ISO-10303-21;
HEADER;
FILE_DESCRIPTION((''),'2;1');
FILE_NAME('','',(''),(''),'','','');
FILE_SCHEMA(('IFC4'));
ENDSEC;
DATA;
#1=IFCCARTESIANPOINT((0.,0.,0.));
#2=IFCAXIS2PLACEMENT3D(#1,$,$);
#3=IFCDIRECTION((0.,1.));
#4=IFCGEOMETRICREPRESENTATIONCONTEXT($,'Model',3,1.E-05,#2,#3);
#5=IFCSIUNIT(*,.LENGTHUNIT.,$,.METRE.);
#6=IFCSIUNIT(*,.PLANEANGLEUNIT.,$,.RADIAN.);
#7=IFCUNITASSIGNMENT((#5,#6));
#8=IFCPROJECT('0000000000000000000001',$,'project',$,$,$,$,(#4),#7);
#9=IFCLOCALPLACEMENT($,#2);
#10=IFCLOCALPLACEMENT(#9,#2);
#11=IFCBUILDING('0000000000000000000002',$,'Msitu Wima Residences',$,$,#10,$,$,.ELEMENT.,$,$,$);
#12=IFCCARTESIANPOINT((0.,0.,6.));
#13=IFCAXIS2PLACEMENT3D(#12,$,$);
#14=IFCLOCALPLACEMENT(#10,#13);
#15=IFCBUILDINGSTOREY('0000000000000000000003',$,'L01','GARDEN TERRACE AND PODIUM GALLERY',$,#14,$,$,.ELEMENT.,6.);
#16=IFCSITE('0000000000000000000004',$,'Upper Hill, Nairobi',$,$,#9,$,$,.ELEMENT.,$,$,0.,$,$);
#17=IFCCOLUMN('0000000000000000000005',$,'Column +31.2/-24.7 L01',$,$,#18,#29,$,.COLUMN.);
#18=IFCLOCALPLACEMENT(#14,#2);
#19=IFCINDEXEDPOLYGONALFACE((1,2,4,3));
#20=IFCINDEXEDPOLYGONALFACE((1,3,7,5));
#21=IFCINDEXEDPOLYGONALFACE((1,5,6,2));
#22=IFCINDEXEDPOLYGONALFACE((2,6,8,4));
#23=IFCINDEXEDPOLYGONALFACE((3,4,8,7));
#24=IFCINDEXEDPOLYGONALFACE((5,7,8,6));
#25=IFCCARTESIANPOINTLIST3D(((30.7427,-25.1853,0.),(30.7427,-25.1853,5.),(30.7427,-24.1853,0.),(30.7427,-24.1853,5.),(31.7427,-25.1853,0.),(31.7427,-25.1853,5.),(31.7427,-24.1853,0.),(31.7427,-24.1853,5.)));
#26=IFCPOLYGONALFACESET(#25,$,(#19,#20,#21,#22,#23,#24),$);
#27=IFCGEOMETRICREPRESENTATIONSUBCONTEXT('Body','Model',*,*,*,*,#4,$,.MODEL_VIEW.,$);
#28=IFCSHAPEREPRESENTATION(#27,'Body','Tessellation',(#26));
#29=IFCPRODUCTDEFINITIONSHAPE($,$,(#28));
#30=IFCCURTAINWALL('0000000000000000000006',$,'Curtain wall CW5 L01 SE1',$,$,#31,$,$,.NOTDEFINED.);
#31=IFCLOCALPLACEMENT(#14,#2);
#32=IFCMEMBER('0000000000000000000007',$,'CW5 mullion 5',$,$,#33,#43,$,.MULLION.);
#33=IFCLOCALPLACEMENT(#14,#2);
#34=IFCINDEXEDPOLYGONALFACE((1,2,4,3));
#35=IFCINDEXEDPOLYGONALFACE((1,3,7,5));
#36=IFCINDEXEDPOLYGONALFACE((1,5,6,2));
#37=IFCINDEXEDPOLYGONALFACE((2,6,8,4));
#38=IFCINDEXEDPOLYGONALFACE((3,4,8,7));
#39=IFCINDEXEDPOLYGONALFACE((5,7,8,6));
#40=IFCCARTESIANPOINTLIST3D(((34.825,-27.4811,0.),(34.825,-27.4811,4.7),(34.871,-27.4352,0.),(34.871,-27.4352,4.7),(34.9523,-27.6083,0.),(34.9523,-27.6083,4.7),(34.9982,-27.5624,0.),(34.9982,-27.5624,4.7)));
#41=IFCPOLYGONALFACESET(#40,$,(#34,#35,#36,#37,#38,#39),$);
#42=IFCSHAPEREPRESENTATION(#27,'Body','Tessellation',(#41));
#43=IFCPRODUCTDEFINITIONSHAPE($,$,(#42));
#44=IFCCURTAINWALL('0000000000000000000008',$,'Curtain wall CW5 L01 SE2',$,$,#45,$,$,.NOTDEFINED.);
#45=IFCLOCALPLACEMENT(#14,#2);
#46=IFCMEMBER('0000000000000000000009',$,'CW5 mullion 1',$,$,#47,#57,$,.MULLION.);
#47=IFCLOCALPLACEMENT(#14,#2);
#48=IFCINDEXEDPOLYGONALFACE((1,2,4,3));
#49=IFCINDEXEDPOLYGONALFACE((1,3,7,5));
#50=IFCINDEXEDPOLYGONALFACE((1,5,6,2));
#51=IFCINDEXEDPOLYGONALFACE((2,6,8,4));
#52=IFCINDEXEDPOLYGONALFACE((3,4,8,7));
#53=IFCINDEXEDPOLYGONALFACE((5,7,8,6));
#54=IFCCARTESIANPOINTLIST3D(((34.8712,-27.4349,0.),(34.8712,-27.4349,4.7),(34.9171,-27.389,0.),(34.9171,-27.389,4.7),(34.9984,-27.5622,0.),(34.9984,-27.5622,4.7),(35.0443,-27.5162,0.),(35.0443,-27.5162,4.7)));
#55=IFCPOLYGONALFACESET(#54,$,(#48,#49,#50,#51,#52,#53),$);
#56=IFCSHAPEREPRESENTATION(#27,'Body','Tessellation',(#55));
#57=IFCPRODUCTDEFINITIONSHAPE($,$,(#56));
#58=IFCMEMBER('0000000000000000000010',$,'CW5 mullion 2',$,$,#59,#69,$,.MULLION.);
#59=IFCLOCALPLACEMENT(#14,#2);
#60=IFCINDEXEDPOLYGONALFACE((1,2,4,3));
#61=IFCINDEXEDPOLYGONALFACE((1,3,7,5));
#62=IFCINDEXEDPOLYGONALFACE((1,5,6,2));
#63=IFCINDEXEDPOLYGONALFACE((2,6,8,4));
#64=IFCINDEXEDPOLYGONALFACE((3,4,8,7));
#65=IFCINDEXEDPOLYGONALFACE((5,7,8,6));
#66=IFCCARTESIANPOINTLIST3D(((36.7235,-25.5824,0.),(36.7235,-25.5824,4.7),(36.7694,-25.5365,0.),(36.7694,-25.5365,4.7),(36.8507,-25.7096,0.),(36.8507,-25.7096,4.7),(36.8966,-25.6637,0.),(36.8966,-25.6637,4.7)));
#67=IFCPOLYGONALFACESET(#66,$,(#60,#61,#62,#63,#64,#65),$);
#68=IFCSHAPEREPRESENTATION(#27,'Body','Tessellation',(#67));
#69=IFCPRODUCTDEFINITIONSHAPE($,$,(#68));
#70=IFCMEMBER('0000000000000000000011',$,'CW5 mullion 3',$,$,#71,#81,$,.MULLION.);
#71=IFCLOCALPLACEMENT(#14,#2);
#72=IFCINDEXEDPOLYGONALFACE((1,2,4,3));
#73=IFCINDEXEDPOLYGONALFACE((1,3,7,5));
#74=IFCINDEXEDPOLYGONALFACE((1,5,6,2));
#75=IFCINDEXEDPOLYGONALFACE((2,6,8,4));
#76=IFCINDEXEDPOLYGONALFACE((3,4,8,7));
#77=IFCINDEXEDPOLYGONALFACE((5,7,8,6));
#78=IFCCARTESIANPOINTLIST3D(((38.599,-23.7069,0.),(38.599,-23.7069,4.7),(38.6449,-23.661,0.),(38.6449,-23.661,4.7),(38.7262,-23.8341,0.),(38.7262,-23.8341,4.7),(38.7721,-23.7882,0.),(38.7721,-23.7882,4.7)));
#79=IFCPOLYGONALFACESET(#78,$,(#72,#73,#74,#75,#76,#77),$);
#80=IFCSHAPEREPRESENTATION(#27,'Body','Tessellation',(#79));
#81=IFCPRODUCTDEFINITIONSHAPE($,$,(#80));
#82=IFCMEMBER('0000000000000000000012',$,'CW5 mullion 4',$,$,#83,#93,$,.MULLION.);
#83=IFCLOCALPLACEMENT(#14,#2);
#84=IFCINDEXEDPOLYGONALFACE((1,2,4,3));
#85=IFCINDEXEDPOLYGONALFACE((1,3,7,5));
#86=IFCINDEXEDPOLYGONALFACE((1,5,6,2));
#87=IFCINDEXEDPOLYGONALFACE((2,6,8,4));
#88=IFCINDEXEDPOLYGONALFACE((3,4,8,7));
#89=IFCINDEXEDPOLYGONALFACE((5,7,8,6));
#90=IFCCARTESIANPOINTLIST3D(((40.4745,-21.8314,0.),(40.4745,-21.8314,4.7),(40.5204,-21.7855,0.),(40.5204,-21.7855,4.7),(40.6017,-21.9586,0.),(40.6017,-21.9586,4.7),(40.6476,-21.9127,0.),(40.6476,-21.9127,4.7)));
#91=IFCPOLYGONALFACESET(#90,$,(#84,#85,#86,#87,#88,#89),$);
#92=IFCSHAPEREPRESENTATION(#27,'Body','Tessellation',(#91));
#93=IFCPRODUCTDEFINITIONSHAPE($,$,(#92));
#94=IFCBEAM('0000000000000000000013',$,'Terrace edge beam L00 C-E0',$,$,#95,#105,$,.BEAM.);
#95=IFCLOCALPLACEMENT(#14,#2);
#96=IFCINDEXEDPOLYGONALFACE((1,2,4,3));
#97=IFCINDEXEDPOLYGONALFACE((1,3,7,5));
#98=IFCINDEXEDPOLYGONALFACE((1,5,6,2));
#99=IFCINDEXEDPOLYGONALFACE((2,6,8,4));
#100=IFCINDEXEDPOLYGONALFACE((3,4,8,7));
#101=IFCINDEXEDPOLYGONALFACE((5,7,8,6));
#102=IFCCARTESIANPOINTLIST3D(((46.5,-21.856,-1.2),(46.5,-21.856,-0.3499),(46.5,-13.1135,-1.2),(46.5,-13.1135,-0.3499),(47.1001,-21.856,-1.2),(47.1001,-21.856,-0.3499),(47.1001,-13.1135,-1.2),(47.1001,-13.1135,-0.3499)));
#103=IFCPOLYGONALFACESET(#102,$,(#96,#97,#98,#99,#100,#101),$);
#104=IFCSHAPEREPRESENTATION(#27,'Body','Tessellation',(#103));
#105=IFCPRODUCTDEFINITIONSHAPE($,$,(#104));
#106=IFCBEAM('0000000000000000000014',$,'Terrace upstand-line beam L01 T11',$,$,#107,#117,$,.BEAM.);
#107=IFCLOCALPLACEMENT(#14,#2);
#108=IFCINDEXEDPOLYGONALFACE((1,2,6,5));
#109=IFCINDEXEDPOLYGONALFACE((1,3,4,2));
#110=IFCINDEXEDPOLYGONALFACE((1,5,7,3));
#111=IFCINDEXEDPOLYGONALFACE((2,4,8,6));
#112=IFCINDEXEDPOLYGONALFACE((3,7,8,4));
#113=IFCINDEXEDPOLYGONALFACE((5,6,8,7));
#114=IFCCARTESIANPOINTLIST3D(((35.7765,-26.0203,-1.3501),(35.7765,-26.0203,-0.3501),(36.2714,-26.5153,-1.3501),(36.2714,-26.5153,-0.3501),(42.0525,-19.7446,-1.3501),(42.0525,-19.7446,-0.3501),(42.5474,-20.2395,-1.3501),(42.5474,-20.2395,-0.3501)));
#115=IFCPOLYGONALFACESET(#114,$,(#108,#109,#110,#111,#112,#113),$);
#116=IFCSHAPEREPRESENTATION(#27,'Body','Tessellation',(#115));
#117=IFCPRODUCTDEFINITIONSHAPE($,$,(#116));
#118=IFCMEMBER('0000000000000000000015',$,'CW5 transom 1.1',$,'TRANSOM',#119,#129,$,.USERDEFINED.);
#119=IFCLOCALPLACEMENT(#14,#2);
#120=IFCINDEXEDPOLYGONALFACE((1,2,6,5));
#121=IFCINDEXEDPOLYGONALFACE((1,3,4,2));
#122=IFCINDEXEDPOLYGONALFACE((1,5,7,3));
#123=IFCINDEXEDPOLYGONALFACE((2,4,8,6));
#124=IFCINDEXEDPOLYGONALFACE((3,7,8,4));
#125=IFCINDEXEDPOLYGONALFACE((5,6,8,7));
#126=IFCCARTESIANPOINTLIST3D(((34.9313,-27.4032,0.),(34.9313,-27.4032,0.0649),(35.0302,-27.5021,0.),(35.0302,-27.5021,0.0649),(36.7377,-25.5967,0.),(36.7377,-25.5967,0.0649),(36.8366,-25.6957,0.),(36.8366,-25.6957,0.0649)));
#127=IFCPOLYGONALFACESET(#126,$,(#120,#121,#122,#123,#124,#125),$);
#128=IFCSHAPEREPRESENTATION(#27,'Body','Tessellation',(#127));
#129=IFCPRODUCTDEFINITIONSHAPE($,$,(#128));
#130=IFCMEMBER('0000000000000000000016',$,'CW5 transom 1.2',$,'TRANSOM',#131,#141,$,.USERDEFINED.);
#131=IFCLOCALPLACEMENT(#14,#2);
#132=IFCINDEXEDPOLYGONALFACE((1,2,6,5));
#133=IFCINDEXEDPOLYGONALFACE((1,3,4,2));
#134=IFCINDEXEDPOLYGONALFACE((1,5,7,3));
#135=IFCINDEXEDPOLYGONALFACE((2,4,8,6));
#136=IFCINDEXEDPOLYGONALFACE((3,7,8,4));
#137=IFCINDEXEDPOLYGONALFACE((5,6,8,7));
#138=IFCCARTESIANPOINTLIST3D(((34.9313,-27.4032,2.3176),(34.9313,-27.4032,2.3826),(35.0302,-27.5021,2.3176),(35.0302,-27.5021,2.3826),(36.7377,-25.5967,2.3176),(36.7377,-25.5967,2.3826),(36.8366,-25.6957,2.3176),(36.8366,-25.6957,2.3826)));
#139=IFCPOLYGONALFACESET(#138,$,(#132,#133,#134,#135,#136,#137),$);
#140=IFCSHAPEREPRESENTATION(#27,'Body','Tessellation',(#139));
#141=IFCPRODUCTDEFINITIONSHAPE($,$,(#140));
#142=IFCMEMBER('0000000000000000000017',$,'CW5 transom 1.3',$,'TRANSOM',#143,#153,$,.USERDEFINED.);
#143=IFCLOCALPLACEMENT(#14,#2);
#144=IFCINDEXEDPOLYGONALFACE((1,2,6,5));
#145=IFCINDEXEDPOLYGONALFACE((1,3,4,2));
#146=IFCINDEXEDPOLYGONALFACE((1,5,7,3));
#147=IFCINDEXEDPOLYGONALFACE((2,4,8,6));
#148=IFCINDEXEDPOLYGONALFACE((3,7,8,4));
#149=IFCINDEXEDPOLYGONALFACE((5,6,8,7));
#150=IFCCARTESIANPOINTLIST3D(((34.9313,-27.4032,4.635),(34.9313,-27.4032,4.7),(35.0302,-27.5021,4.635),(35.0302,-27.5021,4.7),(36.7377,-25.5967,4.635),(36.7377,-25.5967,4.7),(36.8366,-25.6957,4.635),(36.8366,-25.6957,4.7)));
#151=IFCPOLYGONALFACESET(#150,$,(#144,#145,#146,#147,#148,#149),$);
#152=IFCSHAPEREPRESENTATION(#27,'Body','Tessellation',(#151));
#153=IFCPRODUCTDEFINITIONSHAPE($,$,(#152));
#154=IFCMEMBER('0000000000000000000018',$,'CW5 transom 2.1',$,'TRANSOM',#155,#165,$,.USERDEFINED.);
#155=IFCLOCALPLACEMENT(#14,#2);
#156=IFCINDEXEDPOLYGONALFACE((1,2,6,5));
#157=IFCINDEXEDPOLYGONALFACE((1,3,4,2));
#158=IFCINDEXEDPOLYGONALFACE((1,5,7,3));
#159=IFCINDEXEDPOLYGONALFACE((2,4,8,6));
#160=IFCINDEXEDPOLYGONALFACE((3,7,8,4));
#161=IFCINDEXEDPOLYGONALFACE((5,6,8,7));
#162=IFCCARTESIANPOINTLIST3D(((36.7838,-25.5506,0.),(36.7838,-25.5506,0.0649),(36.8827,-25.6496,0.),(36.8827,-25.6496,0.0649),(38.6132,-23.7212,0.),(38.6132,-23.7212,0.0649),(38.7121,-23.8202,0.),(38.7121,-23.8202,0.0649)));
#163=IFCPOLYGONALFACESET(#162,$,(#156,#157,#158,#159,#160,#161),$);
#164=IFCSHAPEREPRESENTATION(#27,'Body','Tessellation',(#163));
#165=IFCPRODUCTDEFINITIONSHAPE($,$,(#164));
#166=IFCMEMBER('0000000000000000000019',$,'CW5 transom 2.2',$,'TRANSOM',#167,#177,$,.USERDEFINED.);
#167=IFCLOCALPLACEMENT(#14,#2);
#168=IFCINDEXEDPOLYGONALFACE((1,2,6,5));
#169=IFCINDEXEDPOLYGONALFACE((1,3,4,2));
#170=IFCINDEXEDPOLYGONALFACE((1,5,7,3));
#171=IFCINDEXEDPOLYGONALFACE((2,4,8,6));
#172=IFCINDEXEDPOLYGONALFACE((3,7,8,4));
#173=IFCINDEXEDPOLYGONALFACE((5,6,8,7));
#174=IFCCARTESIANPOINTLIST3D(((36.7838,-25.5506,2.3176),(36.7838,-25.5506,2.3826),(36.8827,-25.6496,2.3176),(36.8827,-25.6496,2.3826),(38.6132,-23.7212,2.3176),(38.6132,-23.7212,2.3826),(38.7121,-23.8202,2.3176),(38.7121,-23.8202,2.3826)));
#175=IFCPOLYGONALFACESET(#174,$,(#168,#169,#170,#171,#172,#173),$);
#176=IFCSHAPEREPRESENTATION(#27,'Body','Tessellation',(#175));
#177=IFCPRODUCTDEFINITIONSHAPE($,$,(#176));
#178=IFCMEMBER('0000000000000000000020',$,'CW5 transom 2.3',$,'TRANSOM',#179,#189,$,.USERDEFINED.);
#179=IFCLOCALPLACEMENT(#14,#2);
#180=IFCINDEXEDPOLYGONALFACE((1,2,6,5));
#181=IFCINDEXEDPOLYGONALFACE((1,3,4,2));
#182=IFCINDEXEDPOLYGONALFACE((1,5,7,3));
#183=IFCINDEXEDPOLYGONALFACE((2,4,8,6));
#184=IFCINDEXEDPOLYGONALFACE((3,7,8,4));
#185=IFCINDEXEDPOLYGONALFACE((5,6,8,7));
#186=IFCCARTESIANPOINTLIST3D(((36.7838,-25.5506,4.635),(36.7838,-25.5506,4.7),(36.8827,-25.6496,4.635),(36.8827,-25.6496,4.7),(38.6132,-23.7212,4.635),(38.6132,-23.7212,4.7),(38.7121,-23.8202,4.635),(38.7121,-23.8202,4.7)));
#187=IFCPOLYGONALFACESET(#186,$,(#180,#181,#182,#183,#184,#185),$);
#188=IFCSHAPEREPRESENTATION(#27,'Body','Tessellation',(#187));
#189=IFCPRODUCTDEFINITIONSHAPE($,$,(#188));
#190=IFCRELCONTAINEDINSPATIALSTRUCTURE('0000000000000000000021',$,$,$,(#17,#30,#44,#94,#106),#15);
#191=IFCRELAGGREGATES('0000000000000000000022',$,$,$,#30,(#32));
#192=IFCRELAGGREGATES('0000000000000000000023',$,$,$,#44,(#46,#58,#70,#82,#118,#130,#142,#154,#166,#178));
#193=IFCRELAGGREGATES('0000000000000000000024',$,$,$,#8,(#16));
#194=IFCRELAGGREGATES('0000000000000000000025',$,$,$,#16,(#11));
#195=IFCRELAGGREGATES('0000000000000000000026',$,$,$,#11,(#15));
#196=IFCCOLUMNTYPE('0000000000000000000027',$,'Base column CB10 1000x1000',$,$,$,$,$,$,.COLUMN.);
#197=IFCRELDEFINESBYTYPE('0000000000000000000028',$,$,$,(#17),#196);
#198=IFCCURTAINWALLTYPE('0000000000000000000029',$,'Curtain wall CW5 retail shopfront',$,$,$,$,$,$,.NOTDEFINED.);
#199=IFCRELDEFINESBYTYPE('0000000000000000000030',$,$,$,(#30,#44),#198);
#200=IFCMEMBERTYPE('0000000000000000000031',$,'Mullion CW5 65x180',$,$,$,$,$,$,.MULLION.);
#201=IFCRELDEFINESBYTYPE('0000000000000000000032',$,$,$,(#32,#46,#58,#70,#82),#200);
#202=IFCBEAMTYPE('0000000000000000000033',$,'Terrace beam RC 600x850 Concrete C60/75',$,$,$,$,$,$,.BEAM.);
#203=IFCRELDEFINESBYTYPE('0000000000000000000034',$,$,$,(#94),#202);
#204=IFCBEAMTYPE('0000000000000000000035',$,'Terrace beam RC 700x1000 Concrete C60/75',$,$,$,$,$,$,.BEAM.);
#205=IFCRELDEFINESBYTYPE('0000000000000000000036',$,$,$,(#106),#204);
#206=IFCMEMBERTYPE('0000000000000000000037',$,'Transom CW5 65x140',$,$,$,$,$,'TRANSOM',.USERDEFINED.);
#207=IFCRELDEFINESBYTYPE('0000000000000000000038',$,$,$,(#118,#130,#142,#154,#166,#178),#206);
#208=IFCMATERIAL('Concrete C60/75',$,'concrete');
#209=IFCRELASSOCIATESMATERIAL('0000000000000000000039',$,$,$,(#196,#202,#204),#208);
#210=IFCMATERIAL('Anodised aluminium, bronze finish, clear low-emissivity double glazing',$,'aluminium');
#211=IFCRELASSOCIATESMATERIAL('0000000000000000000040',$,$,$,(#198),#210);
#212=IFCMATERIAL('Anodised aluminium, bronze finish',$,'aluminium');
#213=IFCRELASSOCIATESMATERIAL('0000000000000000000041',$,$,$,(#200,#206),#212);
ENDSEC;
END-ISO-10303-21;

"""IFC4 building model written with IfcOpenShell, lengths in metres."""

from ifc_helpers import new_model, si_unit, direction, frame, origin, origin_2d, place, context, subcontext, project, spatial, rectangle, extrude, material, material_profile, profile_set, type_object, element, aggregate, save


model = new_model("IFC4")

# Units and contexts
model_context = context("Model", 3, precision=1e-05, world=origin(), true_north=direction((0.0, 1.0)))
body_context = subcontext(model_context, "Body", "Model", "MODEL_VIEW")
ifc_project = project(units=[si_unit("LENGTHUNIT", "METRE"), si_unit("PLANEANGLEUNIT", "RADIAN")], contexts=[model_context])

# Site, building, storey
site_placement = place(None, origin())
site = spatial("IfcSite", under=ifc_project, at=site_placement, Name="Upper Hill, Nairobi", CompositionType="ELEMENT", RefElevation=0.0)
building_placement = place(site_placement, origin())
building = spatial("IfcBuilding", under=site, at=building_placement, Name="Msitu Wima Residences", CompositionType="ELEMENT")
storey_placement = place(building_placement, frame((0.0, 0.0, 6.0)))
storey = spatial("IfcBuildingStorey", under=building, at=storey_placement, Name="L01", Description="GARDEN TERRACE AND PODIUM GALLERY", CompositionType="ELEMENT", Elevation=6.0)

# Column
ifc_material_1 = material(Name="Concrete C60/75", Category="concrete")
ifc_material_profile_1 = material_profile(ifc_material_1, rectangle(XDim=1.0, YDim=1.0, at=origin_2d()), Name="RC 1000x1000")
ifc_profile_set_1 = profile_set([ifc_material_profile_1], Name="Concrete C60/75")
column_type = type_object("IfcColumnType", Name="Base column CB10 1000x1000", PredefinedType="COLUMN", material=ifc_profile_set_1)
column_placement = place(storey_placement, frame((31.2427, -24.6853, 0.0), z_axis=(0.0, 0.0, 1.0), x_axis=(1.0, 0.0, 0.0)))
element("IfcColumn", 1, at=column_placement, inside=storey, type_object=column_type, Name="Column +31.2/-24.7 L01", PredefinedType="COLUMN", context=body_context, shape_type="SweptSolid", body=[
    extrude(rectangle(XDim=1.0, YDim=1.0, at=origin_2d()), origin(), (0.0, 0.0, 1.0), 5.0),
])

# Curtain wall, member
ifc_material_2 = material(Name="Anodised aluminium, bronze finish, clear low-emissivity double glazing", Category="aluminium")
curtain_wall_type = type_object("IfcCurtainWallType", Name="Curtain wall CW5 retail shopfront", PredefinedType="NOTDEFINED", material=ifc_material_2)
curtain_wall_1_placement = place(storey_placement, origin())
curtain_wall_1 = element("IfcCurtainWall", 2, at=curtain_wall_1_placement, inside=storey, type_object=curtain_wall_type, Name="Curtain wall CW5 L01 SE1", PredefinedType="NOTDEFINED")
ifc_material_3 = material(Name="Anodised aluminium, bronze finish", Category="aluminium")
ifc_material_profile_2 = material_profile(ifc_material_3, rectangle(XDim=0.1799, YDim=0.0649, at=origin_2d()), Name="Mullion 65x180")
ifc_profile_set_2 = profile_set([ifc_material_profile_2], Name="Anodised aluminium, bronze finish")
member_type_1 = type_object("IfcMemberType", Name="Mullion CW5 65x180", PredefinedType="MULLION", material=ifc_profile_set_2)
member_1_placement = place(storey_placement, frame((34.9116, -27.5217, 0.0), z_axis=(0.0, 0.0, 1.0), x_axis=(-0.707107, 0.707107, 0.0)))
member_1 = element("IfcMember", 3, at=member_1_placement, type_object=member_type_1, Name="CW5 mullion 5", PredefinedType="MULLION", context=body_context, shape_type="SweptSolid", body=[
    extrude(rectangle(XDim=0.1799, YDim=0.0649, at=origin_2d()), origin(), (0.0, 0.0, 1.0), 4.7),
])
aggregate(curtain_wall_1, [member_1])

# Curtain wall, members
curtain_wall_2_placement = place(storey_placement, origin())
curtain_wall_2 = element("IfcCurtainWall", 4, at=curtain_wall_2_placement, inside=storey, type_object=curtain_wall_type, Name="Curtain wall CW5 L01 SE2", PredefinedType="NOTDEFINED")
member_2_placement = place(storey_placement, frame((34.9578, -27.4756, 0.0), z_axis=(0.0, 0.0, 1.0), x_axis=(-0.707107, 0.707107, 0.0)))
member_2 = element("IfcMember", 5, at=member_2_placement, type_object=member_type_1, Name="CW5 mullion 1", PredefinedType="MULLION", context=body_context, shape_type="SweptSolid", body=[
    extrude(rectangle(XDim=0.1799, YDim=0.0649, at=origin_2d()), origin(), (0.0, 0.0, 1.0), 4.7),
])
member_3_placement = place(storey_placement, frame((36.8101, -25.623, 0.0), z_axis=(0.0, 0.0, 1.0), x_axis=(-0.707107, 0.707107, 0.0)))
member_3 = element("IfcMember", 6, at=member_3_placement, type_object=member_type_1, Name="CW5 mullion 2", PredefinedType="MULLION", context=body_context, shape_type="SweptSolid", body=[
    extrude(rectangle(XDim=0.1799, YDim=0.0649, at=origin_2d()), origin(), (0.0, 0.0, 1.0), 4.7),
])
member_4_placement = place(storey_placement, frame((38.6855, -23.7476, 0.0), z_axis=(0.0, 0.0, 1.0), x_axis=(-0.707107, 0.707107, 0.0)))
member_4 = element("IfcMember", 7, at=member_4_placement, type_object=member_type_1, Name="CW5 mullion 3", PredefinedType="MULLION", context=body_context, shape_type="SweptSolid", body=[
    extrude(rectangle(XDim=0.1799, YDim=0.0649, at=origin_2d()), origin(), (0.0, 0.0, 1.0), 4.7),
])
member_5_placement = place(storey_placement, frame((40.561, -21.8721, 0.0), z_axis=(0.0, 0.0, 1.0), x_axis=(-0.707107, 0.707107, 0.0)))
member_5 = element("IfcMember", 8, at=member_5_placement, type_object=member_type_1, Name="CW5 mullion 4", PredefinedType="MULLION", context=body_context, shape_type="SweptSolid", body=[
    extrude(rectangle(XDim=0.1799, YDim=0.0649, at=origin_2d()), origin(), (0.0, 0.0, 1.0), 4.7),
])

# Beams
ifc_material_profile_3 = material_profile(ifc_material_1, rectangle(XDim=0.6001, YDim=0.8501, at=origin_2d()), Name="RC 600x850")
ifc_profile_set_3 = profile_set([ifc_material_profile_3], Name="Concrete C60/75")
beam_type_1 = type_object("IfcBeamType", Name="Terrace beam RC 600x850 Concrete C60/75", PredefinedType="BEAM", material=ifc_profile_set_3)
beam_1_placement = place(storey_placement, frame((46.8, -21.856, -0.7749), z_axis=(0.0, 1.0, 0.0), x_axis=(-1.0, 0.0, 0.0)))
element("IfcBeam", 9, at=beam_1_placement, inside=storey, type_object=beam_type_1, Name="Terrace edge beam L00 C-E0", PredefinedType="BEAM", context=body_context, shape_type="SweptSolid", body=[
    extrude(rectangle(XDim=0.6001, YDim=0.8501, at=origin_2d()), origin(), (0.0, 0.0, 1.0), 8.7424),
])
ifc_material_profile_4 = material_profile(ifc_material_1, rectangle(XDim=0.7, YDim=1.0, at=origin_2d()), Name="RC 700x1000")
ifc_profile_set_4 = profile_set([ifc_material_profile_4], Name="Concrete C60/75")
beam_type_2 = type_object("IfcBeamType", Name="Terrace beam RC 700x1000 Concrete C60/75", PredefinedType="BEAM", material=ifc_profile_set_4)
beam_2_placement = place(storey_placement, frame((36.0239, -26.2678, -0.8501), z_axis=(0.707121, 0.707093, 0.0), x_axis=(-0.707093, 0.707121, 0.0)))
element("IfcBeam", 10, at=beam_2_placement, inside=storey, type_object=beam_type_2, Name="Terrace upstand-line beam L01 T11", PredefinedType="BEAM", context=body_context, shape_type="SweptSolid", body=[
    extrude(rectangle(XDim=0.7, YDim=1.0, at=origin_2d()), origin(), (0.0, 0.0, 1.0), 8.8755),
])

# Members
ifc_material_profile_5 = material_profile(ifc_material_3, rectangle(XDim=0.1399, YDim=0.0649, at=origin_2d()), Name="Transom 65x140")
ifc_profile_set_5 = profile_set([ifc_material_profile_5], Name="Anodised aluminium, bronze finish")
member_type_2 = type_object("IfcMemberType", Name="Transom CW5 65x140", ElementType="TRANSOM", PredefinedType="USERDEFINED", material=ifc_profile_set_5)
member_6_placement = place(storey_placement, frame((34.9807, -27.4526, 0.0325), z_axis=(0.707107, 0.707107, 0.0), x_axis=(-0.707107, 0.707107, 0.0)))
member_6 = element("IfcMember", 11, at=member_6_placement, type_object=member_type_2, Name="CW5 transom 1.1", ObjectType="TRANSOM", PredefinedType="USERDEFINED", context=body_context, shape_type="SweptSolid", body=[
    extrude(rectangle(XDim=0.1399, YDim=0.0649, at=origin_2d()), origin(), (0.0, 0.0, 1.0), 2.5547),
])
member_7_placement = place(storey_placement, frame((34.9807, -27.4526, 2.3501), z_axis=(0.707107, 0.707107, 0.0), x_axis=(-0.707107, 0.707107, 0.0)))
member_7 = element("IfcMember", 12, at=member_7_placement, type_object=member_type_2, Name="CW5 transom 1.2", ObjectType="TRANSOM", PredefinedType="USERDEFINED", context=body_context, shape_type="SweptSolid", body=[
    extrude(rectangle(XDim=0.1399, YDim=0.0649, at=origin_2d()), origin(), (0.0, 0.0, 1.0), 2.5547),
])
member_8_placement = place(storey_placement, frame((34.9807, -27.4526, 4.6675), z_axis=(0.707107, 0.707107, 0.0), x_axis=(-0.707107, 0.707107, 0.0)))
member_8 = element("IfcMember", 13, at=member_8_placement, type_object=member_type_2, Name="CW5 transom 1.3", ObjectType="TRANSOM", PredefinedType="USERDEFINED", context=body_context, shape_type="SweptSolid", body=[
    extrude(rectangle(XDim=0.1399, YDim=0.0649, at=origin_2d()), origin(), (0.0, 0.0, 1.0), 2.5547),
])
member_9_placement = place(storey_placement, frame((36.8333, -25.6001, 0.0325), z_axis=(0.707107, 0.707107, 0.0), x_axis=(-0.707107, 0.707107, 0.0)))
member_9 = element("IfcMember", 14, at=member_9_placement, type_object=member_type_2, Name="CW5 transom 2.1", ObjectType="TRANSOM", PredefinedType="USERDEFINED", context=body_context, shape_type="SweptSolid", body=[
    extrude(rectangle(XDim=0.1399, YDim=0.0649, at=origin_2d()), origin(), (0.0, 0.0, 1.0), 2.5872),
])
member_10_placement = place(storey_placement, frame((36.8333, -25.6001, 2.3501), z_axis=(0.707107, 0.707107, 0.0), x_axis=(-0.707107, 0.707107, 0.0)))
member_10 = element("IfcMember", 15, at=member_10_placement, type_object=member_type_2, Name="CW5 transom 2.2", ObjectType="TRANSOM", PredefinedType="USERDEFINED", context=body_context, shape_type="SweptSolid", body=[
    extrude(rectangle(XDim=0.1399, YDim=0.0649, at=origin_2d()), origin(), (0.0, 0.0, 1.0), 2.5872),
])
member_11_placement = place(storey_placement, frame((36.8333, -25.6001, 4.6675), z_axis=(0.707107, 0.707107, 0.0), x_axis=(-0.707107, 0.707107, 0.0)))
member_11 = element("IfcMember", 16, at=member_11_placement, type_object=member_type_2, Name="CW5 transom 2.3", ObjectType="TRANSOM", PredefinedType="USERDEFINED", context=body_context, shape_type="SweptSolid", body=[
    extrude(rectangle(XDim=0.1399, YDim=0.0649, at=origin_2d()), origin(), (0.0, 0.0, 1.0), 2.5872),
])

aggregate(curtain_wall_2, [member_2, member_3, member_4, member_5, member_6, member_7, member_8, member_9, member_10, member_11])

save(model, "model.ifc")
